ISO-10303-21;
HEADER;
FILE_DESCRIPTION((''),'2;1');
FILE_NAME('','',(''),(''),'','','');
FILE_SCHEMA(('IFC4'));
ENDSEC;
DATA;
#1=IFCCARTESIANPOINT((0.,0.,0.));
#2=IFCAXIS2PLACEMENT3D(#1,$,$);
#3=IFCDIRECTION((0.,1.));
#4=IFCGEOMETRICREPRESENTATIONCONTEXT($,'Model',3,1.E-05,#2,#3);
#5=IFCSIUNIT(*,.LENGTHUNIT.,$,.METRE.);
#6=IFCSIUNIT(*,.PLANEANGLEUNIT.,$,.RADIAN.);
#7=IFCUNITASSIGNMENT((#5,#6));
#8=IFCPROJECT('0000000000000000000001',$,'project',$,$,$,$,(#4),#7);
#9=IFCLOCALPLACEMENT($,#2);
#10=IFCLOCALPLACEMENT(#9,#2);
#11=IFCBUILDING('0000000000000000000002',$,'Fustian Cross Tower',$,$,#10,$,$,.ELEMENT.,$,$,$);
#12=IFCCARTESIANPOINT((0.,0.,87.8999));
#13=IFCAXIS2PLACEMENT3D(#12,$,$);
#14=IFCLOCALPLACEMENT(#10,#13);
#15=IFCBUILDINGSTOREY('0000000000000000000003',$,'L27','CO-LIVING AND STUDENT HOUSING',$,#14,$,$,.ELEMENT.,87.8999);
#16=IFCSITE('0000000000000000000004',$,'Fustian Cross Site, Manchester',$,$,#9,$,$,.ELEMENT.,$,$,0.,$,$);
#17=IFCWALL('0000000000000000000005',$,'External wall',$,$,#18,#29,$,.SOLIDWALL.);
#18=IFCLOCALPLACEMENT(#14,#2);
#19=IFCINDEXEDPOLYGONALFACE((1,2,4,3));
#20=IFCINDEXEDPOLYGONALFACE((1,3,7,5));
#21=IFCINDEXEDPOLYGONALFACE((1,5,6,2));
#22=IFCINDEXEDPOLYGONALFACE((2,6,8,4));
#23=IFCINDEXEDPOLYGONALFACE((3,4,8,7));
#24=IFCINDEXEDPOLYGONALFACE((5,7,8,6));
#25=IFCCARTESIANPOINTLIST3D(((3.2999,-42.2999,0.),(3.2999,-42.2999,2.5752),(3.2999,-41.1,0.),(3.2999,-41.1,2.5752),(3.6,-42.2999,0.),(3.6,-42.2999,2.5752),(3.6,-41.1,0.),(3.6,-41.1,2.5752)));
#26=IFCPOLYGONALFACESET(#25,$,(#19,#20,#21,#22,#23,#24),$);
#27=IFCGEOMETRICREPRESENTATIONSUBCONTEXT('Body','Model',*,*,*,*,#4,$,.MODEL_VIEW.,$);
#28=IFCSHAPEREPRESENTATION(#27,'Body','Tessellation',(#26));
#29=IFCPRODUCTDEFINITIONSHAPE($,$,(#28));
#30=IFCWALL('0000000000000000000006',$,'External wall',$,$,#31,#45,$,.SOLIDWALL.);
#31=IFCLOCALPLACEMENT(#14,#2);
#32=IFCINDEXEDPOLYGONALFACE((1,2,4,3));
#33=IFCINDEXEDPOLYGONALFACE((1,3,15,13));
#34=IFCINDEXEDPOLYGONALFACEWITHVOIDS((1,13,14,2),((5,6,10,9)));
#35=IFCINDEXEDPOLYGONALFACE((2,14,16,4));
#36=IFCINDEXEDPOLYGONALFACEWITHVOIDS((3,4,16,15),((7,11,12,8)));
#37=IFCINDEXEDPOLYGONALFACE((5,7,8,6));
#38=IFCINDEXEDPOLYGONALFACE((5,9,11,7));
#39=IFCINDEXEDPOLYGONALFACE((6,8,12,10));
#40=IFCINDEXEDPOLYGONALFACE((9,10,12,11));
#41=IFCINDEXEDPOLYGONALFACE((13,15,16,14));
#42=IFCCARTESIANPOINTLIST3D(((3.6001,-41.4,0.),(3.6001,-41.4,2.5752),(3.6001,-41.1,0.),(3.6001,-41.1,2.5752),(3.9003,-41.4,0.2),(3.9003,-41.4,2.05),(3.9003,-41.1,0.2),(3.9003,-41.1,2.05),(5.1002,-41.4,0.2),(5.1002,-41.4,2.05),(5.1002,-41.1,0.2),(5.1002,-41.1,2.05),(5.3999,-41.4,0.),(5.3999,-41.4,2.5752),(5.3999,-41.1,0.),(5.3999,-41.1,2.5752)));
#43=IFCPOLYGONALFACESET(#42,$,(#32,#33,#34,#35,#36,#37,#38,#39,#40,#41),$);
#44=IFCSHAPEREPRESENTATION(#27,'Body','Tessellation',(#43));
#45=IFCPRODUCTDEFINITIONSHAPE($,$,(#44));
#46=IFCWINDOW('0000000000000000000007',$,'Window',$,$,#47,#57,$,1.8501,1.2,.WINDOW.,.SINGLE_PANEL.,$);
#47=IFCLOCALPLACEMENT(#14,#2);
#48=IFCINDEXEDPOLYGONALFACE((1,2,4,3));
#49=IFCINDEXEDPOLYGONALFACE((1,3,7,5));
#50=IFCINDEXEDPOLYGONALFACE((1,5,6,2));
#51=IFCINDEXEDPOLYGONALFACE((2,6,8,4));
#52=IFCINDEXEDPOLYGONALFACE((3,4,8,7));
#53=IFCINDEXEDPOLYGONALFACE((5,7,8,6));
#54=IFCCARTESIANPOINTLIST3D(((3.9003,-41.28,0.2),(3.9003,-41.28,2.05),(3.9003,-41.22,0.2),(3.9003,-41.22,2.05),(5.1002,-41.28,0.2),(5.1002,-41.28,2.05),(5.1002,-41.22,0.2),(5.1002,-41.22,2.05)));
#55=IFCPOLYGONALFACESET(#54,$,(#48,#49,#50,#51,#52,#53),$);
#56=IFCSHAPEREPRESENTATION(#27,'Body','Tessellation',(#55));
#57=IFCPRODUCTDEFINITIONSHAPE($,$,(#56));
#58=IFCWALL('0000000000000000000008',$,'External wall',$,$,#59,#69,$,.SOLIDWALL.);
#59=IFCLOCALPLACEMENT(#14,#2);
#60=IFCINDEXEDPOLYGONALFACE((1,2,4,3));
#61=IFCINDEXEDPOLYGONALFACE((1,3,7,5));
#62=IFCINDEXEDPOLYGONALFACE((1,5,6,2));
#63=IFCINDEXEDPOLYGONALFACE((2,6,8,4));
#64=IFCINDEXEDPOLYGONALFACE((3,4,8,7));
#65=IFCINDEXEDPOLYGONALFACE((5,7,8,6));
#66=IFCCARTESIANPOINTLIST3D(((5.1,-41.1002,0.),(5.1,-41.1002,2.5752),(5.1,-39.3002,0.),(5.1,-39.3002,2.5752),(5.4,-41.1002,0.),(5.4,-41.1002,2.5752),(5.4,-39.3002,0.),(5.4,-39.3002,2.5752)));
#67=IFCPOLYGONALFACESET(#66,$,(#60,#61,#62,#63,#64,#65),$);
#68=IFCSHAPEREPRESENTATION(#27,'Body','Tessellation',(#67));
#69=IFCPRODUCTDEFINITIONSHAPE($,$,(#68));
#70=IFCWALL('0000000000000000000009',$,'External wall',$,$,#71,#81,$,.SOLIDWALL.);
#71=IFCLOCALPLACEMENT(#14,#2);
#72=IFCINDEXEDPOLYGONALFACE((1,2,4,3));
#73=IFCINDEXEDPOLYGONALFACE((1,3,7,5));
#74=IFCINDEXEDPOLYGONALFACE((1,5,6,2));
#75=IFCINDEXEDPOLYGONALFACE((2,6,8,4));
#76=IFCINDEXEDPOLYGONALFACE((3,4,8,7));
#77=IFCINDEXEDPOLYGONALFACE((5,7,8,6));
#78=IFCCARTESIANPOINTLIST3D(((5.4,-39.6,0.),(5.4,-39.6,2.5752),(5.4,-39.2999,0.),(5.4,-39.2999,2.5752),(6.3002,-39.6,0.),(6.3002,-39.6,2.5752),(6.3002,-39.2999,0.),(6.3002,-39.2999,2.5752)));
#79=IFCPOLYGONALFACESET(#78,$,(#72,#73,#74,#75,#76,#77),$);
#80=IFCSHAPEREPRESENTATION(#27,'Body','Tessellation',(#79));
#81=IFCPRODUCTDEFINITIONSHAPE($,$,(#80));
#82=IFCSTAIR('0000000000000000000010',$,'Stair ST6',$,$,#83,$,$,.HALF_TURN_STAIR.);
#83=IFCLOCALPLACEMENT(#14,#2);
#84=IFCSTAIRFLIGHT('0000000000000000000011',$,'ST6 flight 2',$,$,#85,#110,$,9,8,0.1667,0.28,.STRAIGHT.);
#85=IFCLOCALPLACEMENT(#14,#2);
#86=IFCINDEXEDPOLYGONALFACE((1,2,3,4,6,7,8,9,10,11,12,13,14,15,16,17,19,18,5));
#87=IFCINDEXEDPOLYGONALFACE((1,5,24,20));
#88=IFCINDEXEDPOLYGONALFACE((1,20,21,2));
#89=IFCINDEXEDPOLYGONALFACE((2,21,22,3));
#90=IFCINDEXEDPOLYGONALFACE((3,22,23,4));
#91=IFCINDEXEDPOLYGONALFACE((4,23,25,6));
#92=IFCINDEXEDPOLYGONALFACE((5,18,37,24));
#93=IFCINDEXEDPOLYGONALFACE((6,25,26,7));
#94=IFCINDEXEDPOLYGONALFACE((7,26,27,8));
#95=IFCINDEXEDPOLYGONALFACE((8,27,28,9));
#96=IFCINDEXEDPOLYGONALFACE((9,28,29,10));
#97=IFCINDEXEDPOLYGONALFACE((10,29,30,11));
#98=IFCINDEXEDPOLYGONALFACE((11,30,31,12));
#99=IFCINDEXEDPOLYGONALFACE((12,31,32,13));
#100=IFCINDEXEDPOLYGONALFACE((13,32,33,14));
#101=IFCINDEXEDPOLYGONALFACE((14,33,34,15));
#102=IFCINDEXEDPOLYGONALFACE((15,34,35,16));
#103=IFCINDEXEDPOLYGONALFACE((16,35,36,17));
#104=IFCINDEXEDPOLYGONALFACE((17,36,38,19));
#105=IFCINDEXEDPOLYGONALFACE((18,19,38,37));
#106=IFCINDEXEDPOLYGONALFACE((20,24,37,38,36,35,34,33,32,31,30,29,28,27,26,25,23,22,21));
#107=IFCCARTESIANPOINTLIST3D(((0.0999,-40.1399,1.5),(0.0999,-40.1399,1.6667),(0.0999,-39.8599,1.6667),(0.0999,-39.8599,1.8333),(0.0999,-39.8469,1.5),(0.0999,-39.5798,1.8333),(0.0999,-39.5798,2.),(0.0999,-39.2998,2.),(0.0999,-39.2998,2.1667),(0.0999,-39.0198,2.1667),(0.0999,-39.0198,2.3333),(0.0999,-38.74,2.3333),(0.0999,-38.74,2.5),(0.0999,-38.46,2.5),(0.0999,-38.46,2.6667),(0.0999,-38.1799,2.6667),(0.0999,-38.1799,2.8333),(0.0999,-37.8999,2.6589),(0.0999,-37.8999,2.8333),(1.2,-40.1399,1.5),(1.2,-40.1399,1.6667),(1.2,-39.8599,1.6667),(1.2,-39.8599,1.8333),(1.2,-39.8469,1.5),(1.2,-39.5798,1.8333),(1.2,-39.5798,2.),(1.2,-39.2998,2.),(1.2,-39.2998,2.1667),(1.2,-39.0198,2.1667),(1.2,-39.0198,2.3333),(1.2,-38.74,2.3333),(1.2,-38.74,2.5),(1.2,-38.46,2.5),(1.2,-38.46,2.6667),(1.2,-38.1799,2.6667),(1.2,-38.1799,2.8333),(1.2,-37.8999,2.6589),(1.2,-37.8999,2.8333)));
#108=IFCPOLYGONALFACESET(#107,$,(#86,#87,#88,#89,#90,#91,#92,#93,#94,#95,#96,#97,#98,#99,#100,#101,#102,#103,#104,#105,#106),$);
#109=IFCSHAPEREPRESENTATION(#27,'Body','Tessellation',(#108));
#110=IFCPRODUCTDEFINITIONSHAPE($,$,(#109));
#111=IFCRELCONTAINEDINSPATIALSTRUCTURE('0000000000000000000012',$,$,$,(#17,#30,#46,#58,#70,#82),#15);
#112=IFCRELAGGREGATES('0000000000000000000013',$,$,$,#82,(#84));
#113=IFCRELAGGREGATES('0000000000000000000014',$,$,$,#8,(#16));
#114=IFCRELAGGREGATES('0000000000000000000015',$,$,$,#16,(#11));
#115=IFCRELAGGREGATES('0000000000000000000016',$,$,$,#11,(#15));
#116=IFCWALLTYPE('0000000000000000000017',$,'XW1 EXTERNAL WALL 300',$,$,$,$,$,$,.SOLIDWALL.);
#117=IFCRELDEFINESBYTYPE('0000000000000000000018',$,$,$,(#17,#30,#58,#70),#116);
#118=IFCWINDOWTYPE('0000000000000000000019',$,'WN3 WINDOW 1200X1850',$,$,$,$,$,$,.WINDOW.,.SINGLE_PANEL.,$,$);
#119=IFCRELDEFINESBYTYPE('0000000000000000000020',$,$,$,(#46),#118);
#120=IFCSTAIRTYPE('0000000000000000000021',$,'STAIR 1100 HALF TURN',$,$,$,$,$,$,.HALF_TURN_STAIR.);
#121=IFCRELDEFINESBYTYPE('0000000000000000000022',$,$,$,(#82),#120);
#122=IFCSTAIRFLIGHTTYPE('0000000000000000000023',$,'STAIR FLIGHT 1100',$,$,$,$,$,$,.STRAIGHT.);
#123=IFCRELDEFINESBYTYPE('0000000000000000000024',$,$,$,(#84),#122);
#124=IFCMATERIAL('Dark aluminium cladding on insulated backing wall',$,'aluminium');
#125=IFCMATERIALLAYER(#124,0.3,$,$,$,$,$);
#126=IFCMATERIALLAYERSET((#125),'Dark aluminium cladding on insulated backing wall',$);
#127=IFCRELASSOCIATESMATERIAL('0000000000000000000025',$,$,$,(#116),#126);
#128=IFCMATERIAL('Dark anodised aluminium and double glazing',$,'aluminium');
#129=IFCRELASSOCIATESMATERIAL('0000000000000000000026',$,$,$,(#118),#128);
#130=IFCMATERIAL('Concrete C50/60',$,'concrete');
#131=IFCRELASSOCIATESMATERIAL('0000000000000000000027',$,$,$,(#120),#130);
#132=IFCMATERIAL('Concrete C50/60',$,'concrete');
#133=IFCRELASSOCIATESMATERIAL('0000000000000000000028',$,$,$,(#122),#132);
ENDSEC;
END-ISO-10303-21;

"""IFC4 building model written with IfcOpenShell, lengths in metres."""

from ifc_helpers import new_model, si_unit, direction, frame, frame_2d, origin, place, context, subcontext, project, spatial, polyline, rectangle, outline, extrude, material, layer, layer_set, type_object, element, fill, aggregate, save


model = new_model("IFC4")

# Units and contexts
model_context = context("Model", 3, precision=1e-05, world=origin(), true_north=direction((0.0, 1.0)))
body_context = subcontext(model_context, "Body", "Model", "MODEL_VIEW")
ifc_project = project(units=[si_unit("LENGTHUNIT", "METRE"), si_unit("PLANEANGLEUNIT", "RADIAN")], contexts=[model_context])

# Site, building, storey
site_placement = place(None, origin())
site = spatial("IfcSite", under=ifc_project, at=site_placement, Name="Fustian Cross Site, Manchester", CompositionType="ELEMENT", RefElevation=0.0)
building_placement = place(site_placement, origin())
building = spatial("IfcBuilding", under=site, at=building_placement, Name="Fustian Cross Tower", CompositionType="ELEMENT")
storey_placement = place(building_placement, frame((0.0, 0.0, 87.8999)))
storey = spatial("IfcBuildingStorey", under=building, at=storey_placement, Name="L27", Description="CO-LIVING AND STUDENT HOUSING", CompositionType="ELEMENT", Elevation=87.8999)

# Wall
ifc_material_1 = material(Name="Dark aluminium cladding on insulated backing wall", Category="aluminium")
ifc_layer_1 = layer(ifc_material_1, 0.3)
ifc_layer_set_1 = layer_set([ifc_layer_1], Name="Dark aluminium cladding on insulated backing wall")
wall_type_1 = type_object("IfcWallType", Name="XW1 EXTERNAL WALL 300", PredefinedType="SOLIDWALL", material=ifc_layer_set_1)
wall_1_placement = place(storey_placement, frame((3.45, -42.3, 0.0), z_axis=(0.0, 0.0, 1.0), x_axis=(0.0, 1.0, 0.0)))
element("IfcWall", 1, at=wall_1_placement, inside=storey, type_object=wall_type_1, Name="External wall", PredefinedType="SOLIDWALL", context=body_context, shape_type="SweptSolid", body=[
    extrude(rectangle(XDim=1.2, YDim=0.3, at=frame_2d((0.6001, 0.0))), origin(), (0.0, 0.0, 1.0), 2.5752),
])

# Wall, opening, window
wall_2_placement = place(storey_placement, frame((3.6001, -41.25, 0.0), z_axis=(0.0, 0.0, 1.0), x_axis=(1.0, 0.0, 0.0)))
wall_2 = element("IfcWall", 2, at=wall_2_placement, inside=storey, type_object=wall_type_1, Name="External wall", PredefinedType="SOLIDWALL", context=body_context, shape_type="SweptSolid", body=[
    extrude(rectangle(XDim=1.7998, YDim=0.3, at=frame_2d((0.8999, 0.0))), origin(), (0.0, 0.0, 1.0), 2.5752),
])
opening_1_placement = place(wall_2_placement, frame((0.3, 0.0, 0.2)))
opening_1 = element("IfcOpeningElement", 3, at=opening_1_placement, cuts=wall_2, PredefinedType="OPENING", context=body_context, shape_type="SweptSolid", body=[
    extrude(rectangle(XDim=1.2, YDim=1.8501, at=frame_2d((0.6001, 0.925))), frame((0.0, 0.1599, 0.0), z_axis=(0.0, -1.0, 0.0), x_axis=(1.0, 0.0, 0.0)), (0.0, 0.0, 1.0), 0.3201),
])
ifc_material_2 = material(Name="Dark anodised aluminium and double glazing", Category="aluminium")
window_type = type_object("IfcWindowType", Name="WN3 WINDOW 1200X1850", PartitioningType="SINGLE_PANEL", PredefinedType="WINDOW", material=ifc_material_2)
window_placement = place(opening_1_placement, origin())
window = element("IfcWindow", 4, at=window_placement, inside=storey, type_object=window_type, Name="Window", OverallHeight=1.8501, OverallWidth=1.2, PartitioningType="SINGLE_PANEL", PredefinedType="WINDOW", context=body_context, shape_type="SweptSolid", body=[
    extrude(rectangle(XDim=1.2, YDim=1.8501, at=frame_2d((0.6001, 0.925))), frame((0.0, 0.03, 0.0), z_axis=(0.0, -1.0, 0.0), x_axis=(1.0, 0.0, 0.0)), (0.0, 0.0, 1.0), 0.0601),
])
fill(opening_1, window)

# Walls
wall_3_placement = place(storey_placement, frame((5.25, -41.1001, 0.0), z_axis=(0.0, 0.0, 1.0), x_axis=(0.0, 1.0, 0.0)))
element("IfcWall", 5, at=wall_3_placement, inside=storey, type_object=wall_type_1, Name="External wall", PredefinedType="SOLIDWALL", context=body_context, shape_type="SweptSolid", body=[
    extrude(rectangle(XDim=1.8, YDim=0.3, at=frame_2d((0.8999, 0.0))), origin(), (0.0, 0.0, 1.0), 2.5752),
])
wall_4_placement = place(storey_placement, frame((5.3999, -39.45, 0.0), z_axis=(0.0, 0.0, 1.0), x_axis=(1.0, 0.0, 0.0)))
element("IfcWall", 6, at=wall_4_placement, inside=storey, type_object=wall_type_1, Name="External wall", PredefinedType="SOLIDWALL", context=body_context, shape_type="SweptSolid", body=[
    extrude(rectangle(XDim=0.9001, YDim=0.3, at=frame_2d((0.4502, 0.0))), origin(), (0.0, 0.0, 1.0), 2.5752),
])

# Stair, stair flight
ifc_material_3 = material(Name="Concrete C50/60", Category="concrete")
stair_type = type_object("IfcStairType", Name="STAIR 1100 HALF TURN", PredefinedType="HALF_TURN_STAIR", material=ifc_material_3)
stair_placement = place(storey_placement, origin())
stair = element("IfcStair", 7, at=stair_placement, inside=storey, type_object=stair_type, Name="Stair ST6", PredefinedType="HALF_TURN_STAIR")
ifc_material_4 = material(Name="Concrete C50/60", Category="concrete")
stair_flight_type = type_object("IfcStairFlightType", Name="STAIR FLIGHT 1100", PredefinedType="STRAIGHT", material=ifc_material_4)
stair_flight_placement = place(storey_placement, frame((0.6499, -40.1399, 1.5), z_axis=(0.0, 0.0, 1.0), x_axis=(0.0, 1.0, 0.0)))
stair_flight = element("IfcStairFlight", 8, at=stair_flight_placement, type_object=stair_flight_type, Name="ST6 flight 2", NumberOfRisers=9, NumberOfTreads=8, PredefinedType="STRAIGHT", RiserHeight=0.1667, TreadLength=0.28, context=body_context, shape_type="SweptSolid", body=[
    extrude(outline(polyline([(0.0, 0.0), (0.0, 0.1667), (0.28, 0.1667), (0.28, 0.3333), (0.5601, 0.3333), (0.5601, 0.5), (0.8401, 0.5), (0.8401, 0.6667), (1.1201, 0.6667), (1.1201, 0.8333), (1.3999, 0.8333), (1.3999, 1.0), (1.6799, 1.0), (1.6799, 1.1667), (1.96, 1.1667), (1.96, 1.3333), (2.24, 1.3333), (2.24, 1.5), (2.24, 1.1589), (0.293, 0.0), (0.0, 0.0)])), frame((0.0, 0.55, 0.0), z_axis=(0.0, -1.0, 0.0), x_axis=(1.0, 0.0, 0.0)), (0.0, 0.0, 1.0), 1.1001),
])
aggregate(stair, [stair_flight])

save(model, "model.ifc")
